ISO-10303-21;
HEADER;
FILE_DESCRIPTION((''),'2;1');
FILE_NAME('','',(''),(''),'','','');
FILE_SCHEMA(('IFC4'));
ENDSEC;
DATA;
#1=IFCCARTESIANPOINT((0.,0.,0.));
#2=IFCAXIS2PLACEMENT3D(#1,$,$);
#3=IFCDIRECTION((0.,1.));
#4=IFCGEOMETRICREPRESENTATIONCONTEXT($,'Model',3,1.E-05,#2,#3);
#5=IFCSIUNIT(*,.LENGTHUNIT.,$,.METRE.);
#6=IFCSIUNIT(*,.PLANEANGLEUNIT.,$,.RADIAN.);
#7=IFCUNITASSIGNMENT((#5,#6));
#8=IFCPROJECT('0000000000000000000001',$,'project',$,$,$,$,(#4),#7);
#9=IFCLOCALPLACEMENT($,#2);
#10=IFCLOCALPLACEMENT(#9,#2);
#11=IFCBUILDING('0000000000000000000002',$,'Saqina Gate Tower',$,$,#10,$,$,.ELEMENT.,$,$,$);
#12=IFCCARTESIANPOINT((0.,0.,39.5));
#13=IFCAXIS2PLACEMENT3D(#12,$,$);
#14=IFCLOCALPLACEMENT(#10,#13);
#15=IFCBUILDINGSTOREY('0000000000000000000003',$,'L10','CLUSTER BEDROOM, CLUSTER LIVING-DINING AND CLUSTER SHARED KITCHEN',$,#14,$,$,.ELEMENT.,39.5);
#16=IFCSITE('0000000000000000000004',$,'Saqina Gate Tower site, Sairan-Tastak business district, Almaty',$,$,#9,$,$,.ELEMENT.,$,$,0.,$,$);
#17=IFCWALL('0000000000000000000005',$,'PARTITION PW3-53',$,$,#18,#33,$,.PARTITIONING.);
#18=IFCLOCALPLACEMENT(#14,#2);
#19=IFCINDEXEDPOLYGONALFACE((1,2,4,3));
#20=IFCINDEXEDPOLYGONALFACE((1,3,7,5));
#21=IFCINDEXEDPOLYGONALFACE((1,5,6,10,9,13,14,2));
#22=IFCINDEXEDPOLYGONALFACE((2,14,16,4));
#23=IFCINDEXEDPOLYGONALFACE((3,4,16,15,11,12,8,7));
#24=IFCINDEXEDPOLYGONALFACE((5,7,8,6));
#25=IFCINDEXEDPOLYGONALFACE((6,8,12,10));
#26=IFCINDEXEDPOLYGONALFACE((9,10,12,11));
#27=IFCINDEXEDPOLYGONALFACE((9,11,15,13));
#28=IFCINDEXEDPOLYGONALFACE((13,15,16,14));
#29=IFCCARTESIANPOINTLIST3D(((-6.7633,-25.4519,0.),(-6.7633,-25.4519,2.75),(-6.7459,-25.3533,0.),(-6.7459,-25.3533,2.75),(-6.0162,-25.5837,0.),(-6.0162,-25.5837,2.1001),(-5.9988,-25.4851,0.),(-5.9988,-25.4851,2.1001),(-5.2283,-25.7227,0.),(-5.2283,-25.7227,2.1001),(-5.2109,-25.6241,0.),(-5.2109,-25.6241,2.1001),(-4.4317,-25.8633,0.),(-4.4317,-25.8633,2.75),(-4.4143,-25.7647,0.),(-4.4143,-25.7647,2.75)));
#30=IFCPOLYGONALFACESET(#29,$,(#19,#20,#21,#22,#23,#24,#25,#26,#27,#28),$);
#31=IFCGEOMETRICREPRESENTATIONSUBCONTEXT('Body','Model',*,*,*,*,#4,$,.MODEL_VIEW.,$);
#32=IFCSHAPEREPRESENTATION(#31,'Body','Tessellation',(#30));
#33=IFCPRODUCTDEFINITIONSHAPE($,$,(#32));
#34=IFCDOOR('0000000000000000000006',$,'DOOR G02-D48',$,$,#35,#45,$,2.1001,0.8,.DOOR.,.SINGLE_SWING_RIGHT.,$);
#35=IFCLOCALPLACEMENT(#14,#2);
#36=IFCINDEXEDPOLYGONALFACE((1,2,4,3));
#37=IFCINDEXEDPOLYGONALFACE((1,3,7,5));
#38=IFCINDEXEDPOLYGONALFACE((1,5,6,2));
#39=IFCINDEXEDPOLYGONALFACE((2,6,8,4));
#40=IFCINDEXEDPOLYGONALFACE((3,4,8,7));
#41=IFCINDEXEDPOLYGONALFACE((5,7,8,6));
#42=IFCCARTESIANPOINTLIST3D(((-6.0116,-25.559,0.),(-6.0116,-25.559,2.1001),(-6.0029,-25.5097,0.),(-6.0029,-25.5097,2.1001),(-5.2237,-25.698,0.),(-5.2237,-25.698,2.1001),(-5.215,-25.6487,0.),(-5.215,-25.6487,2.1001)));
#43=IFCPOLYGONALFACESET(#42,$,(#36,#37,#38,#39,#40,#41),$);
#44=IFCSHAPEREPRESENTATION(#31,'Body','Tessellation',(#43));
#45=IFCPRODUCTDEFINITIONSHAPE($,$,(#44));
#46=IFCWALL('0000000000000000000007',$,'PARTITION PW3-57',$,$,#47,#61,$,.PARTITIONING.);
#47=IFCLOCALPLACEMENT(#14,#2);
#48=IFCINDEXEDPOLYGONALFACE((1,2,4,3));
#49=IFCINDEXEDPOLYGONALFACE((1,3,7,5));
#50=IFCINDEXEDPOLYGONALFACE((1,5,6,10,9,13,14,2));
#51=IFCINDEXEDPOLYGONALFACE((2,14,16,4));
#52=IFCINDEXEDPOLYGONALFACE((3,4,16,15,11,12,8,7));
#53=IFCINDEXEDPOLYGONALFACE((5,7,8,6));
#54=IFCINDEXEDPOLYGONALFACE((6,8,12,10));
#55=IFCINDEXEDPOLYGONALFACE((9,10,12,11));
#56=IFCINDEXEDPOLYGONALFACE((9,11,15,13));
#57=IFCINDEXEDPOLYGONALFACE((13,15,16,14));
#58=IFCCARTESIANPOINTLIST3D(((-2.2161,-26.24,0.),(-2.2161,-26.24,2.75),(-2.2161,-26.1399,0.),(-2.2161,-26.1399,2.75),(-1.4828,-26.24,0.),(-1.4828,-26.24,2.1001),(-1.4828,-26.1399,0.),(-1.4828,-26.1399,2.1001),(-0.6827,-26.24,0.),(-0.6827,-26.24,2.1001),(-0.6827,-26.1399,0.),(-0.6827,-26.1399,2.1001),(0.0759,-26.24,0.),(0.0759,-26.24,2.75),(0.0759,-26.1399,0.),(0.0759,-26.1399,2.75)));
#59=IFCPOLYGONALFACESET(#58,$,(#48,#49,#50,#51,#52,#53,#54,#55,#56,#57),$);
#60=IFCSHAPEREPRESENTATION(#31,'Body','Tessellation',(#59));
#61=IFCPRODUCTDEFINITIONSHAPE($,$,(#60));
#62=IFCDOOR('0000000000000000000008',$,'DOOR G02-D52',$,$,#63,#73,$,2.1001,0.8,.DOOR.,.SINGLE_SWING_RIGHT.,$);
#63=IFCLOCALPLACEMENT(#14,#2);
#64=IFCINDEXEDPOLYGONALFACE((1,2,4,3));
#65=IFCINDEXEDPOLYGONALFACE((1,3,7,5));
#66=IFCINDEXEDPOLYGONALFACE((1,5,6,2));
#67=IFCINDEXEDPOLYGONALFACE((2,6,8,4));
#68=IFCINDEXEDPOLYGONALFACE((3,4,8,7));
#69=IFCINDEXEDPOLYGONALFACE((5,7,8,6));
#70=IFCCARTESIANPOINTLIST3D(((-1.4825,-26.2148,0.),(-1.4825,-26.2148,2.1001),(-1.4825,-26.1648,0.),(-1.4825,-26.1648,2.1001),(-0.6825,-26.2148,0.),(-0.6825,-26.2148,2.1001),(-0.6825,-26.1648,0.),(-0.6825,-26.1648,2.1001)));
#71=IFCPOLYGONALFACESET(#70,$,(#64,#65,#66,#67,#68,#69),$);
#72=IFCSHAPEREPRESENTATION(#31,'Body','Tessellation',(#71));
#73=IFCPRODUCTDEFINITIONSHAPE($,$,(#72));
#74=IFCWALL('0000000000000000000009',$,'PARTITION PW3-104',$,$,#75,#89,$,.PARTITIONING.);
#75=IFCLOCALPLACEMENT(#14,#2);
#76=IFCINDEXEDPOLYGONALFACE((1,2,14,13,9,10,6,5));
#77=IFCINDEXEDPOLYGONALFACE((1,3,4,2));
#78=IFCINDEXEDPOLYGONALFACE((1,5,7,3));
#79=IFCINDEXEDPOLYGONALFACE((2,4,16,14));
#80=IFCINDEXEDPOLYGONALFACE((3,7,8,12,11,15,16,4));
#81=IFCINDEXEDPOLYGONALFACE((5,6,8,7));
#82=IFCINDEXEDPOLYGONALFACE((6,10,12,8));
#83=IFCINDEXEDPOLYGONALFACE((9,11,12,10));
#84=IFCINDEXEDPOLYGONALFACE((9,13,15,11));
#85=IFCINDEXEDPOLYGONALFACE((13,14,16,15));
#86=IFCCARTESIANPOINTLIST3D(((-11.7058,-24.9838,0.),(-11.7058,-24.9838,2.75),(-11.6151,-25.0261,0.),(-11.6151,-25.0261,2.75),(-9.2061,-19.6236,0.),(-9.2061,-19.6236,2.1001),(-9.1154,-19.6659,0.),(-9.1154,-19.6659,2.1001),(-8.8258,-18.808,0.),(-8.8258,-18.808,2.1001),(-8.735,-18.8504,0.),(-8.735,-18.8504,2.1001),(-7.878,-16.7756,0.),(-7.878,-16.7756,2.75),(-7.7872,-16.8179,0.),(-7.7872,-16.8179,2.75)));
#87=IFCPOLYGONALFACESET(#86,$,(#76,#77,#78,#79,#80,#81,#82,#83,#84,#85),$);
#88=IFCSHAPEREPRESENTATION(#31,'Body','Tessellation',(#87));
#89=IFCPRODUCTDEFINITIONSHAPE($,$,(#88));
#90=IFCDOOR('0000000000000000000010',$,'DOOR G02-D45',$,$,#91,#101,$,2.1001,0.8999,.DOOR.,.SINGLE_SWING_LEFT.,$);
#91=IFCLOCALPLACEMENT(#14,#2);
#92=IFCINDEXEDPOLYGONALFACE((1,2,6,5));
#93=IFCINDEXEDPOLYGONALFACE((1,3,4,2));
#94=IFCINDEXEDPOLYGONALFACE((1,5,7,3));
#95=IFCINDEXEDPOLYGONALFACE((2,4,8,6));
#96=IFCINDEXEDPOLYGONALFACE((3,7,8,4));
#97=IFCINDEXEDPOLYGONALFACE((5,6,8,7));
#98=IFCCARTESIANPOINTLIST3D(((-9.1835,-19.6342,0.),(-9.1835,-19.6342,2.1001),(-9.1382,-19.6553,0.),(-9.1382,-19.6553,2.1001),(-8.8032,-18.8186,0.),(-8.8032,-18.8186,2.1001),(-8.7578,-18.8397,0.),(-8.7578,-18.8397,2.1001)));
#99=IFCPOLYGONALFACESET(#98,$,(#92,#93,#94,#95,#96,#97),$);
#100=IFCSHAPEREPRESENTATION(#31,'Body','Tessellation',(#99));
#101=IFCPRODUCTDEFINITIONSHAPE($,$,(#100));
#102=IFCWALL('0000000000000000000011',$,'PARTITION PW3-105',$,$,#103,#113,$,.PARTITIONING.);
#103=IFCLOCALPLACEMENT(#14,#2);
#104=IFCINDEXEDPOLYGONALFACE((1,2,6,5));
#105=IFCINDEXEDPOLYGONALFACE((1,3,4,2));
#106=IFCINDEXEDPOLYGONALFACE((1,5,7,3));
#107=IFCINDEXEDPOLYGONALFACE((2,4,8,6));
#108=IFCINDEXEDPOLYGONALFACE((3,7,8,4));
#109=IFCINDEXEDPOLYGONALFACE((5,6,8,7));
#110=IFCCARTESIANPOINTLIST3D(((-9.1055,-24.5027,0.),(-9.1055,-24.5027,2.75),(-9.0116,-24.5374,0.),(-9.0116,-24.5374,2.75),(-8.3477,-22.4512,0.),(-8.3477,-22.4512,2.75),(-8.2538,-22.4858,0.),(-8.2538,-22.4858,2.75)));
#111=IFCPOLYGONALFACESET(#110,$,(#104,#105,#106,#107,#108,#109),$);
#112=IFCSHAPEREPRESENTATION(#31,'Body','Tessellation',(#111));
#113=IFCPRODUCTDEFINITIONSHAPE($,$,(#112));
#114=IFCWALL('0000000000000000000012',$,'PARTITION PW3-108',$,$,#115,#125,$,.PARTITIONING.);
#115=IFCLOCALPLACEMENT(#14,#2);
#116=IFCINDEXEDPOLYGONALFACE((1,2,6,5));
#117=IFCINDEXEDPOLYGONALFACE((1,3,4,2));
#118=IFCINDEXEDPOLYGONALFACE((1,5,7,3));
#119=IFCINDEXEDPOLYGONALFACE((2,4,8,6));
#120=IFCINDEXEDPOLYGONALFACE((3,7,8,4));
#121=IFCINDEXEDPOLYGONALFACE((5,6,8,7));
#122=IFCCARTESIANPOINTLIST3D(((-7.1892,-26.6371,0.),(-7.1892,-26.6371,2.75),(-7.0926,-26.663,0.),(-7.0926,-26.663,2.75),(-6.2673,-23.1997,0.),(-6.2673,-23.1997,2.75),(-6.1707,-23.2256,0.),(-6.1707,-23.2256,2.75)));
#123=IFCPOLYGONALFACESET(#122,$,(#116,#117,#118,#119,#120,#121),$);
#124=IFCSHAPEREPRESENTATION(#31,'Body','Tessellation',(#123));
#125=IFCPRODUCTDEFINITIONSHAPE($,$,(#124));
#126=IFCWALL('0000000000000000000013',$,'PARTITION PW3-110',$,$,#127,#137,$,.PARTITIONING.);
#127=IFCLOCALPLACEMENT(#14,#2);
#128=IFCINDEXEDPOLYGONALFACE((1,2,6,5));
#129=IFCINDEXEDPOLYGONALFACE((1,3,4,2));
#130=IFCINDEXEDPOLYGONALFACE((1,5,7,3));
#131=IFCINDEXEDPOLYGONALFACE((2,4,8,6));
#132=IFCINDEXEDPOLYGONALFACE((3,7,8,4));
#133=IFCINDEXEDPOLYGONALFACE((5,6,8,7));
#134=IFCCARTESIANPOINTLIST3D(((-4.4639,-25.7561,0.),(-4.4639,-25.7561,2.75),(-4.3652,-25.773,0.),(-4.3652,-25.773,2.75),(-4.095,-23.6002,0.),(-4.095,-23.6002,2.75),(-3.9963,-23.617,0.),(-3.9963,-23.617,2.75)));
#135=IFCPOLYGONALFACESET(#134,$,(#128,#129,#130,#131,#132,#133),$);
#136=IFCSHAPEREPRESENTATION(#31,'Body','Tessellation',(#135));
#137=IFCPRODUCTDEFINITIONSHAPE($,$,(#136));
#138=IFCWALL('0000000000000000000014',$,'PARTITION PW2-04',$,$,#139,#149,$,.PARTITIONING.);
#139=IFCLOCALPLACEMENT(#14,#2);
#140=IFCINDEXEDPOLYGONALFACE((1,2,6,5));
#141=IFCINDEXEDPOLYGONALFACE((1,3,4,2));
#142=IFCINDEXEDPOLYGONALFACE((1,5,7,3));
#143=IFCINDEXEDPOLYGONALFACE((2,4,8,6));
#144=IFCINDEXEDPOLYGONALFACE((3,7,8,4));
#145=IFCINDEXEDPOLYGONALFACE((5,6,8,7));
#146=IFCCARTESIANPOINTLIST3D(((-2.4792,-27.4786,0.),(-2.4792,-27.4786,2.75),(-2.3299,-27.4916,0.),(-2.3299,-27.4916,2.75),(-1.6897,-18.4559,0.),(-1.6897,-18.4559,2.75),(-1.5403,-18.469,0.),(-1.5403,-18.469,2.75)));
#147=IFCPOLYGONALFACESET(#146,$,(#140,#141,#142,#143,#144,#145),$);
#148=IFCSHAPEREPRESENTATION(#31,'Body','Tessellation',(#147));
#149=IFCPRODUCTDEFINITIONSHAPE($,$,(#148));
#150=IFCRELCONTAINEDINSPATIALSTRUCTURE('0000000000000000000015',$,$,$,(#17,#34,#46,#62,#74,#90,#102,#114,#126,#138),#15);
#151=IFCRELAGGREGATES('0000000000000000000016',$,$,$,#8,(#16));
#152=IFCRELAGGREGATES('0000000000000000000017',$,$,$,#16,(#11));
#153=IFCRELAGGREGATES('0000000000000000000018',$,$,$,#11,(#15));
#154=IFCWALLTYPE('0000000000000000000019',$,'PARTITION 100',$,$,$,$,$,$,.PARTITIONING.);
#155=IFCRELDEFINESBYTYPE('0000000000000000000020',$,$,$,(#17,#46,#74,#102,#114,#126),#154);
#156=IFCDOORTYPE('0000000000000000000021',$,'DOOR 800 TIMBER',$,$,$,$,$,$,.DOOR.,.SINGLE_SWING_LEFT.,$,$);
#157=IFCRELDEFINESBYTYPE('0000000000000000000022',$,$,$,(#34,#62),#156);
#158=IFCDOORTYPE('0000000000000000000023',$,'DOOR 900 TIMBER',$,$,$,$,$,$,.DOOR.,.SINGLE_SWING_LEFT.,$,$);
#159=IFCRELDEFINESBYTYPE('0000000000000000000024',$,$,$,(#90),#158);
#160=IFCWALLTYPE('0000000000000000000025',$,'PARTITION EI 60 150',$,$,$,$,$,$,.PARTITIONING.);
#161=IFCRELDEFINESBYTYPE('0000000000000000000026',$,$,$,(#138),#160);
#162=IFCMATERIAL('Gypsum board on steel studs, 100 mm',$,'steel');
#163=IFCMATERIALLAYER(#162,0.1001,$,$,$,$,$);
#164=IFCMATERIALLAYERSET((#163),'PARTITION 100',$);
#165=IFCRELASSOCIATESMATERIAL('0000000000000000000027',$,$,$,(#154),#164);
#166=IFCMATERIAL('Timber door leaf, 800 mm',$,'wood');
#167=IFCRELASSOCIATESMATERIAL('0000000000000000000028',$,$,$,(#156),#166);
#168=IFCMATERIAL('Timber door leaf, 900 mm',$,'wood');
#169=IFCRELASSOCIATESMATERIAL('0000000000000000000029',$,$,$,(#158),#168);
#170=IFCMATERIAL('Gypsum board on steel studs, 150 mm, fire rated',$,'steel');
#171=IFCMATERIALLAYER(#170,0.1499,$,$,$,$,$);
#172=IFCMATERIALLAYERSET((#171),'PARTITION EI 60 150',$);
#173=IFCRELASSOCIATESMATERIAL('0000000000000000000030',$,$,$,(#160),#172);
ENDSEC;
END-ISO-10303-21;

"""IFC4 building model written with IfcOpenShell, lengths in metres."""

from ifc_helpers import new_model, si_unit, direction, frame, frame_2d, origin, place, context, subcontext, project, spatial, rectangle, extrude, material, layer, layer_set, type_object, element, fill, save


model = new_model("IFC4")

# Units and contexts
model_context = context("Model", 3, precision=1e-05, world=origin(), true_north=direction((0.0, 1.0)))
body_context = subcontext(model_context, "Body", "Model", "MODEL_VIEW")
ifc_project = project(units=[si_unit("LENGTHUNIT", "METRE"), si_unit("PLANEANGLEUNIT", "RADIAN")], contexts=[model_context])

# Site, building, storey
site_placement = place(None, origin())
site = spatial("IfcSite", under=ifc_project, at=site_placement, Name="Saqina Gate Tower site, Sairan-Tastak business district, Almaty", CompositionType="ELEMENT", RefElevation=0.0)
building_placement = place(site_placement, origin())
building = spatial("IfcBuilding", under=site, at=building_placement, Name="Saqina Gate Tower", CompositionType="ELEMENT")
storey_placement = place(building_placement, frame((0.0, 0.0, 39.5)))
storey = spatial("IfcBuildingStorey", under=building, at=storey_placement, Name="L10", Description="CLUSTER BEDROOM, CLUSTER LIVING-DINING AND CLUSTER SHARED KITCHEN", CompositionType="ELEMENT", Elevation=39.5)

# Walls, openings, doors
ifc_material_1 = material(Name="Gypsum board on steel studs, 100 mm", Category="steel")
ifc_layer_1 = layer(ifc_material_1, 0.1001)
ifc_layer_set_1 = layer_set([ifc_layer_1], Name="PARTITION 100")
wall_type_1 = type_object("IfcWallType", Name="PARTITION 100", PredefinedType="PARTITIONING", material=ifc_layer_set_1)
ifc_material_2 = material(Name="Timber door leaf, 800 mm", Category="wood")
door_type_1 = type_object("IfcDoorType", Name="DOOR 800 TIMBER", OperationType="SINGLE_SWING_LEFT", PredefinedType="DOOR", material=ifc_material_2)
wall_1_placement = place(storey_placement, frame((-6.7546, -25.4026, 0.0), z_axis=(0.0, 0.0, 1.0), x_axis=(0.984789, -0.173756, 0.0)))
wall_1 = element("IfcWall", 1, at=wall_1_placement, inside=storey, type_object=wall_type_1, Name="PARTITION PW3-53", PredefinedType="PARTITIONING", context=body_context, shape_type="SweptSolid", body=[
    extrude(rectangle(XDim=2.3677, YDim=0.1001, at=frame_2d((1.1838, 0.0))), origin(), (0.0, 0.0, 1.0), 2.75),
])
opening_1_placement = place(wall_1_placement, frame((0.7588, 0.0, 0.0)))
opening_1 = element("IfcOpeningElement", 2, at=opening_1_placement, cuts=wall_1, PredefinedType="OPENING", context=body_context, shape_type="SweptSolid", body=[
    extrude(rectangle(XDim=0.8, YDim=2.1001, at=frame_2d((0.3999, 1.05))), frame((0.0, 0.062, 0.0), z_axis=(0.0, -1.0, 0.0), x_axis=(1.0, 0.0, 0.0)), (0.0, 0.0, 1.0), 0.124),
])
door_1_placement = place(opening_1_placement, frame((0.8, 0.0, 0.0), z_axis=(0.0, 0.0, 1.0), x_axis=(-1.0, 0.0, 0.0)))
door_1 = element("IfcDoor", 3, at=door_1_placement, inside=storey, type_object=door_type_1, Name="DOOR G02-D48", OperationType="SINGLE_SWING_RIGHT", OverallHeight=2.1001, OverallWidth=0.8, PredefinedType="DOOR", context=body_context, shape_type="SweptSolid", body=[
    extrude(rectangle(XDim=0.8, YDim=2.1001, at=frame_2d((0.3999, 1.05))), frame((0.0, 0.0249, 0.0), z_axis=(0.0, -1.0, 0.0), x_axis=(1.0, 0.0, 0.0)), (0.0, 0.0, 1.0), 0.05),
])
fill(opening_1, door_1)
wall_2_placement = place(storey_placement, frame((-2.2161, -26.1899, 0.0), z_axis=(0.0, 0.0, 1.0), x_axis=(1.0, 0.0, 0.0)))
wall_2 = element("IfcWall", 4, at=wall_2_placement, inside=storey, type_object=wall_type_1, Name="PARTITION PW3-57", PredefinedType="PARTITIONING", context=body_context, shape_type="SweptSolid", body=[
    extrude(rectangle(XDim=2.292, YDim=0.1001, at=frame_2d((1.146, 0.0))), origin(), (0.0, 0.0, 1.0), 2.75),
])
opening_2_placement = place(wall_2_placement, frame((0.7334, 0.0, 0.0)))
opening_2 = element("IfcOpeningElement", 5, at=opening_2_placement, cuts=wall_2, PredefinedType="OPENING", context=body_context, shape_type="SweptSolid", body=[
    extrude(rectangle(XDim=0.8, YDim=2.1001, at=frame_2d((0.3999, 1.05))), frame((0.0, 0.062, 0.0), z_axis=(0.0, -1.0, 0.0), x_axis=(1.0, 0.0, 0.0)), (0.0, 0.0, 1.0), 0.124),
])
door_2_placement = place(opening_2_placement, frame((0.8, 0.0, 0.0), z_axis=(0.0, 0.0, 1.0), x_axis=(-1.0, 0.0, 0.0)))
door_2 = element("IfcDoor", 6, at=door_2_placement, inside=storey, type_object=door_type_1, Name="DOOR G02-D52", OperationType="SINGLE_SWING_RIGHT", OverallHeight=2.1001, OverallWidth=0.8, PredefinedType="DOOR", context=body_context, shape_type="SweptSolid", body=[
    extrude(rectangle(XDim=0.8, YDim=2.1001, at=frame_2d((0.3999, 1.05))), frame((0.0, 0.0249, 0.0), z_axis=(0.0, -1.0, 0.0), x_axis=(1.0, 0.0, 0.0)), (0.0, 0.0, 1.0), 0.05),
])
fill(opening_2, door_2)
wall_3_placement = place(storey_placement, frame((-11.6604, -25.0049, 0.0), z_axis=(0.0, 0.0, 1.0), x_axis=(0.422646, 0.906295, 0.0)))
wall_3 = element("IfcWall", 7, at=wall_3_placement, inside=storey, type_object=wall_type_1, Name="PARTITION PW3-104", PredefinedType="PARTITIONING", context=body_context, shape_type="SweptSolid", body=[
    extrude(rectangle(XDim=9.0569, YDim=0.1001, at=frame_2d((4.5283, 0.0))), origin(), (0.0, 0.0, 1.0), 2.75),
])
opening_3_placement = place(wall_3_placement, frame((5.9143, 0.0, 0.0)))
opening_3 = element("IfcOpeningElement", 8, at=opening_3_placement, cuts=wall_3, PredefinedType="OPENING", context=body_context, shape_type="SweptSolid", body=[
    extrude(rectangle(XDim=0.8999, YDim=2.1001, at=frame_2d((0.45, 1.05))), frame((0.0, 0.062, 0.0), z_axis=(0.0, -1.0, 0.0), x_axis=(1.0, 0.0, 0.0)), (0.0, 0.0, 1.0), 0.124),
])
ifc_material_3 = material(Name="Timber door leaf, 900 mm", Category="wood")
door_type_2 = type_object("IfcDoorType", Name="DOOR 900 TIMBER", OperationType="SINGLE_SWING_LEFT", PredefinedType="DOOR", material=ifc_material_3)
door_3_placement = place(opening_3_placement, frame((0.8999, 0.0, 0.0), z_axis=(0.0, 0.0, 1.0), x_axis=(-1.0, 0.0, 0.0)))
door_3 = element("IfcDoor", 9, at=door_3_placement, inside=storey, type_object=door_type_2, Name="DOOR G02-D45", OperationType="SINGLE_SWING_LEFT", OverallHeight=2.1001, OverallWidth=0.8999, PredefinedType="DOOR", context=body_context, shape_type="SweptSolid", body=[
    extrude(rectangle(XDim=0.8999, YDim=2.1001, at=frame_2d((0.45, 1.05))), frame((0.0, 0.0249, 0.0), z_axis=(0.0, -1.0, 0.0), x_axis=(1.0, 0.0, 0.0)), (0.0, 0.0, 1.0), 0.05),
])
fill(opening_3, door_3)

# Walls
wall_4_placement = place(storey_placement, frame((-9.0586, -24.52, 0.0), z_axis=(0.0, 0.0, 1.0), x_axis=(0.346507, 0.938047, 0.0)))
element("IfcWall", 10, at=wall_4_placement, inside=storey, type_object=wall_type_1, Name="PARTITION PW3-105", PredefinedType="PARTITIONING", context=body_context, shape_type="SweptSolid", body=[
    extrude(rectangle(XDim=2.187, YDim=0.1001, at=frame_2d((1.0935, 0.0))), origin(), (0.0, 0.0, 1.0), 2.75),
])
wall_5_placement = place(storey_placement, frame((-7.1409, -26.6499, 0.0), z_axis=(0.0, 0.0, 1.0), x_axis=(0.259046, 0.965865, 0.0)))
element("IfcWall", 11, at=wall_5_placement, inside=storey, type_object=wall_type_1, Name="PARTITION PW3-108", PredefinedType="PARTITIONING", context=body_context, shape_type="SweptSolid", body=[
    extrude(rectangle(XDim=3.5588, YDim=0.1001, at=frame_2d((1.7793, 0.0))), origin(), (0.0, 0.0, 1.0), 2.75),
])
wall_6_placement = place(storey_placement, frame((-4.4146, -25.7646, 0.0), z_axis=(0.0, 0.0, 1.0), x_axis=(0.168651, 0.985676, 0.0)))
element("IfcWall", 12, at=wall_6_placement, inside=storey, type_object=wall_type_1, Name="PARTITION PW3-110", PredefinedType="PARTITIONING", context=body_context, shape_type="SweptSolid", body=[
    extrude(rectangle(XDim=2.1873, YDim=0.1001, at=frame_2d((1.0938, 0.0))), origin(), (0.0, 0.0, 1.0), 2.75),
])
ifc_material_4 = material(Name="Gypsum board on steel studs, 150 mm, fire rated", Category="steel")
ifc_layer_2 = layer(ifc_material_4, 0.1499)
ifc_layer_set_2 = layer_set([ifc_layer_2], Name="PARTITION EI 60 150")
wall_type_2 = type_object("IfcWallType", Name="PARTITION EI 60 150", PredefinedType="PARTITIONING", material=ifc_layer_set_2)
wall_7_placement = place(storey_placement, frame((-2.4045, -27.4851, 0.0), z_axis=(0.0, 0.0, 1.0), x_axis=(0.087174, 0.996193, 0.0)))
element("IfcWall", 13, at=wall_7_placement, inside=storey, type_object=wall_type_2, Name="PARTITION PW2-04", PredefinedType="PARTITIONING", context=body_context, shape_type="SweptSolid", body=[
    extrude(rectangle(XDim=9.0571, YDim=0.1499, at=frame_2d((4.5286, 0.0))), origin(), (0.0, 0.0, 1.0), 2.75),
])

save(model, "model.ifc")
